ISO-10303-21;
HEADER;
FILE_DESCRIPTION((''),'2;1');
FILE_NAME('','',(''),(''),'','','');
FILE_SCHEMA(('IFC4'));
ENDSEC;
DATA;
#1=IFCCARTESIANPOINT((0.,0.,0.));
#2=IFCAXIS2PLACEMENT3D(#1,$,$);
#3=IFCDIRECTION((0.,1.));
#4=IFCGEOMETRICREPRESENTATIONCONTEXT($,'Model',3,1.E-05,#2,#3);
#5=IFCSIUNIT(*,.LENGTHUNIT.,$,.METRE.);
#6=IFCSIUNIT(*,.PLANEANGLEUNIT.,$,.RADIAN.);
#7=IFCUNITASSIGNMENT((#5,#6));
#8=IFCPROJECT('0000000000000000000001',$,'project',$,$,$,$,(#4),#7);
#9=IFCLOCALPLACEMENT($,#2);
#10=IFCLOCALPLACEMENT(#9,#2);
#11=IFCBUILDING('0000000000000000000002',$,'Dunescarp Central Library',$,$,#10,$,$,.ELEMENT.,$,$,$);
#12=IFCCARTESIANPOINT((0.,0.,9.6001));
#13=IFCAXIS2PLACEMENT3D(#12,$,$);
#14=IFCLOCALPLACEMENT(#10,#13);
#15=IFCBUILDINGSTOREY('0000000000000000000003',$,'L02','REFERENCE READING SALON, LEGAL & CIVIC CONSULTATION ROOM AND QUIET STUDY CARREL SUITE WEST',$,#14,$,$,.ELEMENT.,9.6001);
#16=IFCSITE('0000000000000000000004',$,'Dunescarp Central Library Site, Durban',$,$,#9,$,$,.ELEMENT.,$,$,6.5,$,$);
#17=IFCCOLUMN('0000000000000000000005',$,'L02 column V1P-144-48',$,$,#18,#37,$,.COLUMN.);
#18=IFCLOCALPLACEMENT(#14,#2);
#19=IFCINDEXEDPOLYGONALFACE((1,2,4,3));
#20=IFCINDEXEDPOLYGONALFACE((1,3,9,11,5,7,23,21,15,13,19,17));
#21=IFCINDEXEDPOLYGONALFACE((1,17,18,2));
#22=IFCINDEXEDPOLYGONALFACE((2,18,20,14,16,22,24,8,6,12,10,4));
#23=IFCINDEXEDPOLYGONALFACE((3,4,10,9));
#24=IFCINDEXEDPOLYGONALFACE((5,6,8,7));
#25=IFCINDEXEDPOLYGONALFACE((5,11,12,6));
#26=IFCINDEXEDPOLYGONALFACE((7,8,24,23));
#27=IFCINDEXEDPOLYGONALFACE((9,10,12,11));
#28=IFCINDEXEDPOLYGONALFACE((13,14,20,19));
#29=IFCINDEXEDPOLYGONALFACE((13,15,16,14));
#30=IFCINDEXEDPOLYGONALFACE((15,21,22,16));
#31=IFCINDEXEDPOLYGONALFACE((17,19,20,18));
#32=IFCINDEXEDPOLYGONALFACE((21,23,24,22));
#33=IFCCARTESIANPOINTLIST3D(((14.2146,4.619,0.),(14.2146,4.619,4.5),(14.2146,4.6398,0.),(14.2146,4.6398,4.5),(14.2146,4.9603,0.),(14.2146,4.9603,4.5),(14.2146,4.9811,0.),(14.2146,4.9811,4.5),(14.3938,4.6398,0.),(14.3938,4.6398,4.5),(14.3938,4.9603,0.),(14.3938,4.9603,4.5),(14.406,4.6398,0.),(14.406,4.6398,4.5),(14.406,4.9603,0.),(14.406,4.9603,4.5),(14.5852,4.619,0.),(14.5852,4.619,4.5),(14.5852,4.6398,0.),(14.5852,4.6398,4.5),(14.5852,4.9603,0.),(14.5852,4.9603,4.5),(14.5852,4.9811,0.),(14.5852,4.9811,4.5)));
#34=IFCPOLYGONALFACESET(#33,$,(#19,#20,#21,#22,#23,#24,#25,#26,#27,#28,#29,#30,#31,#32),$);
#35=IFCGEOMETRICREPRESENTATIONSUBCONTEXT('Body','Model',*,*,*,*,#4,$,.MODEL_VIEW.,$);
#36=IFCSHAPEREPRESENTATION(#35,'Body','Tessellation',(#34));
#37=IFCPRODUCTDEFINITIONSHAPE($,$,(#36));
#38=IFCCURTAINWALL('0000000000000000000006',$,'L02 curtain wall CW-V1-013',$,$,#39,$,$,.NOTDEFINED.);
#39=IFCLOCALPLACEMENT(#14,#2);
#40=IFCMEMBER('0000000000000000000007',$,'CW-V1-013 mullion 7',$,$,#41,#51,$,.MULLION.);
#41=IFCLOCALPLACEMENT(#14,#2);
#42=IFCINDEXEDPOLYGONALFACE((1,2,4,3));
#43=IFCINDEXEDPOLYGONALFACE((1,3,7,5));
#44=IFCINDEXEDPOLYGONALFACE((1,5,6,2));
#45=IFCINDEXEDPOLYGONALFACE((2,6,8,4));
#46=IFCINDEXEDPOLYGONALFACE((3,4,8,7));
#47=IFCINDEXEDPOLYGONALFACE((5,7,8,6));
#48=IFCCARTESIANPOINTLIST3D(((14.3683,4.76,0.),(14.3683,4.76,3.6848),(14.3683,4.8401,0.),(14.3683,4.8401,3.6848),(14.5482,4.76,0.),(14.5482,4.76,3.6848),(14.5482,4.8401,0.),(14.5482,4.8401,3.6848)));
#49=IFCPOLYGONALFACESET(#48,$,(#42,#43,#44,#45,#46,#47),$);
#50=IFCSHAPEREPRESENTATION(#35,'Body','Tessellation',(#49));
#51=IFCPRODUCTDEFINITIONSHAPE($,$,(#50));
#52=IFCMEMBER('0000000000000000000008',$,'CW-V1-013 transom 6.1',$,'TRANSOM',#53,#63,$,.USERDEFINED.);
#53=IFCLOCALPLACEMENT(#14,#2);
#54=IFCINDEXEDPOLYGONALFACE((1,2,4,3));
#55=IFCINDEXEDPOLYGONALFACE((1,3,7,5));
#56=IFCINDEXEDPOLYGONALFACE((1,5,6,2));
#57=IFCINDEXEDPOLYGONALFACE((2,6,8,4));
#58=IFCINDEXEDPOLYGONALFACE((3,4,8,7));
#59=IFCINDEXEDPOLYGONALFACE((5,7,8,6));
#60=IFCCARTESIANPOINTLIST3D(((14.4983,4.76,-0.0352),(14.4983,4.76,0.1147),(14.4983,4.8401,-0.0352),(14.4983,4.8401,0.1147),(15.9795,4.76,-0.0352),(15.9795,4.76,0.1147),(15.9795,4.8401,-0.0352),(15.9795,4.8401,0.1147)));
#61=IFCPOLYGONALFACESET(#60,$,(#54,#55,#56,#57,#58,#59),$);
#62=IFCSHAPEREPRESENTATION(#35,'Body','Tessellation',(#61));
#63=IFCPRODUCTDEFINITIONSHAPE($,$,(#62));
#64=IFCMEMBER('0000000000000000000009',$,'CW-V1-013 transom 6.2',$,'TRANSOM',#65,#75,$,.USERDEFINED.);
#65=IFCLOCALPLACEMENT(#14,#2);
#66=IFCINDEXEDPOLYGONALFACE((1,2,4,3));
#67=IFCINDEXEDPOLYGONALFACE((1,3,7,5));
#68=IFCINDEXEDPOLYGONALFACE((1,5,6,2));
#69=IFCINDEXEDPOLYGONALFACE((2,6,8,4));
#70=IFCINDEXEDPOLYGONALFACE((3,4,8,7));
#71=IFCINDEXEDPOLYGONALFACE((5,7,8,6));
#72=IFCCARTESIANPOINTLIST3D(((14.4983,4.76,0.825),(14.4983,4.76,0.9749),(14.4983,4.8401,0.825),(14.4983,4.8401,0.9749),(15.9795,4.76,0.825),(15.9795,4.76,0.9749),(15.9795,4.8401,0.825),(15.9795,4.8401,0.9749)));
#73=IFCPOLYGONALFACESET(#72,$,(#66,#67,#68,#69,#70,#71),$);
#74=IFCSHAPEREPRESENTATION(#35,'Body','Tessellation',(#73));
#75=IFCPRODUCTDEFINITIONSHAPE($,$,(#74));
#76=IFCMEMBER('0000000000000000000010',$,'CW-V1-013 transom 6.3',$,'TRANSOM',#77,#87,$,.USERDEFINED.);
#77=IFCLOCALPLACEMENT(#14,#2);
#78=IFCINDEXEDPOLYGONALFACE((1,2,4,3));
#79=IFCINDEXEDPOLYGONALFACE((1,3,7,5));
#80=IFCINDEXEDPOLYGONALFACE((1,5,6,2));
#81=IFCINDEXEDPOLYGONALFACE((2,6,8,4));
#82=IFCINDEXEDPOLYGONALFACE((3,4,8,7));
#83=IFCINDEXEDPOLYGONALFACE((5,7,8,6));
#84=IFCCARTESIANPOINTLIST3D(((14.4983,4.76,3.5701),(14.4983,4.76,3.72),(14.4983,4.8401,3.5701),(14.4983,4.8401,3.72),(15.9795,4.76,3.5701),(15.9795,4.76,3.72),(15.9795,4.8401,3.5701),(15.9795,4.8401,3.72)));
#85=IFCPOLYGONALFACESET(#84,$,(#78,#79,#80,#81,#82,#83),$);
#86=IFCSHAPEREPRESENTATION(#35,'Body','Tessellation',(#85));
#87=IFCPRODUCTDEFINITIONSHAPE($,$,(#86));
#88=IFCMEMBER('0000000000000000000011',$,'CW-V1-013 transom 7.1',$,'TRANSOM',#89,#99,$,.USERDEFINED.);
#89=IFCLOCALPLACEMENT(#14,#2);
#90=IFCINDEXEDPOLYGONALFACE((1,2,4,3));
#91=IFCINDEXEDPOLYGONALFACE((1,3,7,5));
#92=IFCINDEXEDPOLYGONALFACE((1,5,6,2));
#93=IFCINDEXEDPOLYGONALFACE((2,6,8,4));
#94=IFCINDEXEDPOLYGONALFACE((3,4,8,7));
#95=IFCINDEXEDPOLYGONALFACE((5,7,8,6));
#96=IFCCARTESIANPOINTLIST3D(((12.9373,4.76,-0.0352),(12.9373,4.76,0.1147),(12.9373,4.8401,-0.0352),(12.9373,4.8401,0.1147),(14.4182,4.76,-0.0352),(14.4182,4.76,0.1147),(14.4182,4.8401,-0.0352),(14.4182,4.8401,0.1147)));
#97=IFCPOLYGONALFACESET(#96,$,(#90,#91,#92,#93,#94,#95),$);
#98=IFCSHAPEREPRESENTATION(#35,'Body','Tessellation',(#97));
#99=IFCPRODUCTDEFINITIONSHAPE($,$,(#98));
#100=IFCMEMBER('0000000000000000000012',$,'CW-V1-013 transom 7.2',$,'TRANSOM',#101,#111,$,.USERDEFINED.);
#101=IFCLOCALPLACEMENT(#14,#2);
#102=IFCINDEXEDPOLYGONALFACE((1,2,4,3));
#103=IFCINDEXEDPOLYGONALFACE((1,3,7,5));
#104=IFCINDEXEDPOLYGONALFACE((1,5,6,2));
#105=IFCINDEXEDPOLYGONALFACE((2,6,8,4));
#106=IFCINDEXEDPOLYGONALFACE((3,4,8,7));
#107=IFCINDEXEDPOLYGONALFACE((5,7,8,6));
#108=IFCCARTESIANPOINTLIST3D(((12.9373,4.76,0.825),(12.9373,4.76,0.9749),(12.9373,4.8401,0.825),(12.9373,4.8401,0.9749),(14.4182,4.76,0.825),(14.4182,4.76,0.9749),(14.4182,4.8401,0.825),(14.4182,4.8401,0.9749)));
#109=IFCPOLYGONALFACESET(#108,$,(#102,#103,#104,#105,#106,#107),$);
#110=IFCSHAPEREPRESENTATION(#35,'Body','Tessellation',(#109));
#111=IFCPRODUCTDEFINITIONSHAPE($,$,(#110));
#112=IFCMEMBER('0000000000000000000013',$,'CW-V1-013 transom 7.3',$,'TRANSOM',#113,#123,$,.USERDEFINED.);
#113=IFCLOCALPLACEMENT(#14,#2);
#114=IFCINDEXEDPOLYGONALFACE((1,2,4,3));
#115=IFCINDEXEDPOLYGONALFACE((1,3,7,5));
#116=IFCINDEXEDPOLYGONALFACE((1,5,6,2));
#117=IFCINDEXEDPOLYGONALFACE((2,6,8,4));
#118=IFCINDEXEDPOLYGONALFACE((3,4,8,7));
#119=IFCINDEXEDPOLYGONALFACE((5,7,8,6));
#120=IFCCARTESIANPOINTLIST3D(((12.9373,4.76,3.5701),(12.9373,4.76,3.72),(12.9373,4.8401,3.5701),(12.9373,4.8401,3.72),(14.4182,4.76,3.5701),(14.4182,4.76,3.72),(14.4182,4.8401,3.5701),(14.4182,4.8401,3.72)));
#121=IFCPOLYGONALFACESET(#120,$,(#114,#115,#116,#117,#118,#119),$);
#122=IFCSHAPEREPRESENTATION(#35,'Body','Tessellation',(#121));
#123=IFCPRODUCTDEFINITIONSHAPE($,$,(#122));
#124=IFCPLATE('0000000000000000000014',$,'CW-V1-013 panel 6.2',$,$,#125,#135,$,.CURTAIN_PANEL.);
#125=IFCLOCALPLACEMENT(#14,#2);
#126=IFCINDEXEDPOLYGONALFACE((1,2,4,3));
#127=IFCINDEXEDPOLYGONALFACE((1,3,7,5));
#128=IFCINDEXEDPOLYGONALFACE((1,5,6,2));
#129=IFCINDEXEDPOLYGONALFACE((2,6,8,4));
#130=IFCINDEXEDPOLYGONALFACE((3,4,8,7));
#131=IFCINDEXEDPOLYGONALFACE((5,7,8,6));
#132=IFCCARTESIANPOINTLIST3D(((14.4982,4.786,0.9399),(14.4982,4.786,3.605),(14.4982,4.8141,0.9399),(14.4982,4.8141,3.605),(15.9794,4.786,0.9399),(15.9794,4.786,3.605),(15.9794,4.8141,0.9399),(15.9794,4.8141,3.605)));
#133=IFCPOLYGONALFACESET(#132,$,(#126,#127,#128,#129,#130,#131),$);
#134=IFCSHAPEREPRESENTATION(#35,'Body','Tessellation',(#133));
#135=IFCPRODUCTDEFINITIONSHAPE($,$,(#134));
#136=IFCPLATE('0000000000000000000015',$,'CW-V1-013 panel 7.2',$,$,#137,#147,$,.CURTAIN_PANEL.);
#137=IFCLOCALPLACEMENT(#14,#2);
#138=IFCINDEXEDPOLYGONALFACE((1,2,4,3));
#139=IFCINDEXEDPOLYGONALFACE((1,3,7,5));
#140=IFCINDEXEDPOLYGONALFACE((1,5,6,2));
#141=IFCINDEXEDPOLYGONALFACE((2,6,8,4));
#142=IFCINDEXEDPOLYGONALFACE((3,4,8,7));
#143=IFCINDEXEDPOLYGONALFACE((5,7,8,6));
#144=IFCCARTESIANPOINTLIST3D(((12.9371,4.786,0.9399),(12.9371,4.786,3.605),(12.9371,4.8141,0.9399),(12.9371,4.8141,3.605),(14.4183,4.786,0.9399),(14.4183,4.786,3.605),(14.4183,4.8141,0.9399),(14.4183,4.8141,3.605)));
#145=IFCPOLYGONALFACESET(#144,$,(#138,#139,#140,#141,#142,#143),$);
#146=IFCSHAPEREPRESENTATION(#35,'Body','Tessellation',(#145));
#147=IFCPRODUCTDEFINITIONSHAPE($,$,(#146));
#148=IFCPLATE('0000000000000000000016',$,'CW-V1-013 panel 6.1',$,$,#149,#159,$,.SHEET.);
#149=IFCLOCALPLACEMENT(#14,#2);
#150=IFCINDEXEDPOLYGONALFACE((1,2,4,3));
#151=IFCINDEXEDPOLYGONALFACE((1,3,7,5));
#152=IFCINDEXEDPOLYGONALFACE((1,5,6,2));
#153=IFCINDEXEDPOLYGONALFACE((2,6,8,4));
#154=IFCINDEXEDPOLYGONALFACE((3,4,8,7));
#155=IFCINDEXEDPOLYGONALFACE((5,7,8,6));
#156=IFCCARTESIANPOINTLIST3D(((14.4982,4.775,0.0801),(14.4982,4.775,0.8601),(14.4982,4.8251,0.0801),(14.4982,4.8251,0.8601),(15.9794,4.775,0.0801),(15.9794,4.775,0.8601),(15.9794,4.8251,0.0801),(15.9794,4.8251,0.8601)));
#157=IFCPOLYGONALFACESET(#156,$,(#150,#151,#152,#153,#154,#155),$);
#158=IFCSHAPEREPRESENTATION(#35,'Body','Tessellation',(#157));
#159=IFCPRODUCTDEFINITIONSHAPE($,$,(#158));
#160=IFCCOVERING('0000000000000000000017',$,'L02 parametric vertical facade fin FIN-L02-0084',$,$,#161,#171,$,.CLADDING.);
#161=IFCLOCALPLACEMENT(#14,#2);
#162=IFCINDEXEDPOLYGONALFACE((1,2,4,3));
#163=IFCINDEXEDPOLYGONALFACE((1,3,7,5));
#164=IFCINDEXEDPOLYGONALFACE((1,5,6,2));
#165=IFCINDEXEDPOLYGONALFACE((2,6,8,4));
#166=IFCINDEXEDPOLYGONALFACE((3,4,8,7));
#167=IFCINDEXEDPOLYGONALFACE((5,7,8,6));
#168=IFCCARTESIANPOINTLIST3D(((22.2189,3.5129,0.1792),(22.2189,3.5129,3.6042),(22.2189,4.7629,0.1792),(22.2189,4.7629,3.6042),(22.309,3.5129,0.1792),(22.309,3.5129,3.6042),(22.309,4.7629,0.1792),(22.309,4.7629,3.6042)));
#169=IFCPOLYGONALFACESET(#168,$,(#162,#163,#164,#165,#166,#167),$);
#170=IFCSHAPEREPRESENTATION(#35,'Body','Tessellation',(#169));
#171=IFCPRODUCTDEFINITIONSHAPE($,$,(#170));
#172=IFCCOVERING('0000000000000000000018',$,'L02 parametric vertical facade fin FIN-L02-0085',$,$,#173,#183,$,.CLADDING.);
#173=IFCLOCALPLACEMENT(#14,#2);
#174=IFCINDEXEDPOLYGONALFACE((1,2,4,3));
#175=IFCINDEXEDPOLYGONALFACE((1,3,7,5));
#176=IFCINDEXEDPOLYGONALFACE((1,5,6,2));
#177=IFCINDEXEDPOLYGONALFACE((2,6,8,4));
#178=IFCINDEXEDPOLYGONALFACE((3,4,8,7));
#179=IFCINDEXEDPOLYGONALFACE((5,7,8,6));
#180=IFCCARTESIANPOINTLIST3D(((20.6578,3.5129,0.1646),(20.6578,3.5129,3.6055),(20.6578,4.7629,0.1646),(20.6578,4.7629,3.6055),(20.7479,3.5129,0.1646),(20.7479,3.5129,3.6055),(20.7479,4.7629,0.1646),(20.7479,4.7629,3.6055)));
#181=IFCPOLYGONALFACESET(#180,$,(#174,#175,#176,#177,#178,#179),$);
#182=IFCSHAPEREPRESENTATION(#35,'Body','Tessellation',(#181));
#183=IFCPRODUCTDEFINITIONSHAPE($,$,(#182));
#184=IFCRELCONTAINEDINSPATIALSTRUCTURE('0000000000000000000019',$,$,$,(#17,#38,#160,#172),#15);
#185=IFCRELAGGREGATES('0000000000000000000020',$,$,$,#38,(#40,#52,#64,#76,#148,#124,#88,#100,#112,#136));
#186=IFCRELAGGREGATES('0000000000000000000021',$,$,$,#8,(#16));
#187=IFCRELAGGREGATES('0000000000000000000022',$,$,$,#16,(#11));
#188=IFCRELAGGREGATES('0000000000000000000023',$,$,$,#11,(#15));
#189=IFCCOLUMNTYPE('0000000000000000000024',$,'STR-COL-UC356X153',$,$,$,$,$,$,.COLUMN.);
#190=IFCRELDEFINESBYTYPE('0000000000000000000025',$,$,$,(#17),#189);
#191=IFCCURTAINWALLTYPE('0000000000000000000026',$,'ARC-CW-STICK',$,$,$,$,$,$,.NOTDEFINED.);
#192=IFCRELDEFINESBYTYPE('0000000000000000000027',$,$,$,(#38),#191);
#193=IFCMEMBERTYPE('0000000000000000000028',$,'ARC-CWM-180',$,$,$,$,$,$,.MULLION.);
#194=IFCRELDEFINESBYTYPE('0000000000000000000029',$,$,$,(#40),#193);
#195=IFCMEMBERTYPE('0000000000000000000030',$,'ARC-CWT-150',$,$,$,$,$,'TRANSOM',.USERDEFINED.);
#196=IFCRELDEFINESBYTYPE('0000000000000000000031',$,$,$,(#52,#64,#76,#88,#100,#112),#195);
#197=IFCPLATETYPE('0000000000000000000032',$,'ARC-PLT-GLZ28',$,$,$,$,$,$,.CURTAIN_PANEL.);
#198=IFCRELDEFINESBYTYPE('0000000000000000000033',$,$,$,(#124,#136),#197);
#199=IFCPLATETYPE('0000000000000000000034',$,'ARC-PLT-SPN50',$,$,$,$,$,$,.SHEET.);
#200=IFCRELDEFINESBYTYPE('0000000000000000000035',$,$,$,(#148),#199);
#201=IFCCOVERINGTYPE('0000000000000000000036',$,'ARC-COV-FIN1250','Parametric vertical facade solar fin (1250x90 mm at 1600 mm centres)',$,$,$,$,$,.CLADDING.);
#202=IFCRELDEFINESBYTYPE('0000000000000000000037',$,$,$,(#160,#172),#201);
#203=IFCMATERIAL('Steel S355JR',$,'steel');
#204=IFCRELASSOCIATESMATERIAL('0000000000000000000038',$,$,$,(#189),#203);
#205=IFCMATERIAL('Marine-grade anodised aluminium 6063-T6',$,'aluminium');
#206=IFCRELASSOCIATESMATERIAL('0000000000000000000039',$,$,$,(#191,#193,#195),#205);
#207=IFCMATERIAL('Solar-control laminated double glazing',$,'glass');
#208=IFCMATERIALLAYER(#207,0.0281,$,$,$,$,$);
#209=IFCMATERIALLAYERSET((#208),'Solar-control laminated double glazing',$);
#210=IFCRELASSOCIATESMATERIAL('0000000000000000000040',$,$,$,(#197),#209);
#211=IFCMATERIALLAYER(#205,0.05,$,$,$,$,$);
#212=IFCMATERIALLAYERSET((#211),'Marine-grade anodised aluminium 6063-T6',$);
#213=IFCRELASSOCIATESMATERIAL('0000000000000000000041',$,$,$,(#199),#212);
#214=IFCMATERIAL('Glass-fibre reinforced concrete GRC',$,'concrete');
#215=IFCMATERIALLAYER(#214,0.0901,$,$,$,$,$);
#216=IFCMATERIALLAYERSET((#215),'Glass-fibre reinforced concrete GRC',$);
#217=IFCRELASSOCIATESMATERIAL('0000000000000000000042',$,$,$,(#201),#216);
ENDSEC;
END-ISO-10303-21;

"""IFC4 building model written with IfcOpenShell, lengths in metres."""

from ifc_helpers import new_model, si_unit, direction, frame, origin, origin_2d, place, context, subcontext, project, spatial, rectangle, i_section, extrude, material, layer, layer_set, material_profile, profile_set, type_object, element, aggregate, save


model = new_model("IFC4")

# Units and contexts
model_context = context("Model", 3, precision=1e-05, world=origin(), true_north=direction((0.0, 1.0)))
body_context = subcontext(model_context, "Body", "Model", "MODEL_VIEW")
ifc_project = project(units=[si_unit("LENGTHUNIT", "METRE"), si_unit("PLANEANGLEUNIT", "RADIAN")], contexts=[model_context])

# Site, building, storey
site_placement = place(None, origin())
site = spatial("IfcSite", under=ifc_project, at=site_placement, Name="Dunescarp Central Library Site, Durban", CompositionType="ELEMENT", RefElevation=6.5)
building_placement = place(site_placement, origin())
building = spatial("IfcBuilding", under=site, at=building_placement, Name="Dunescarp Central Library", CompositionType="ELEMENT")
storey_placement = place(building_placement, frame((0.0, 0.0, 9.6001)))
storey = spatial("IfcBuildingStorey", under=building, at=storey_placement, Name="L02", Description="REFERENCE READING SALON, LEGAL & CIVIC CONSULTATION ROOM AND QUIET STUDY CARREL SUITE WEST", CompositionType="ELEMENT", Elevation=9.6001)

# Column
ifc_material_1 = material(Name="Steel S355JR", Category="steel")
ifc_material_profile_1 = material_profile(ifc_material_1, i_section(OverallWidth=0.3706, OverallDepth=0.3621, WebThickness=0.0122, FlangeThickness=0.0208, at=origin_2d()), Name="UC 356x368x153")
ifc_profile_set_1 = profile_set([ifc_material_profile_1], Name="Steel S355JR")
column_type = type_object("IfcColumnType", Name="STR-COL-UC356X153", PredefinedType="COLUMN", material=ifc_profile_set_1)
column_placement = place(storey_placement, frame((14.3999, 4.8, 0.0), z_axis=(0.0, 0.0, 1.0), x_axis=(1.0, 0.0, 0.0)))
element("IfcColumn", 1, at=column_placement, inside=storey, type_object=column_type, Name="L02 column V1P-144-48", PredefinedType="COLUMN", context=body_context, shape_type="SweptSolid", body=[
    extrude(i_section(OverallWidth=0.3706, OverallDepth=0.3621, WebThickness=0.0122, FlangeThickness=0.0208, at=origin_2d()), origin(), (0.0, 0.0, 1.0), 4.5),
])

# Curtain wall, members, plates
ifc_material_2 = material(Name="Marine-grade anodised aluminium 6063-T6", Category="aluminium")
curtain_wall_type = type_object("IfcCurtainWallType", Name="ARC-CW-STICK", PredefinedType="NOTDEFINED", material=ifc_material_2)
curtain_wall_placement = place(storey_placement, origin())
curtain_wall = element("IfcCurtainWall", 2, at=curtain_wall_placement, inside=storey, type_object=curtain_wall_type, Name="L02 curtain wall CW-V1-013", PredefinedType="NOTDEFINED")
ifc_material_profile_2 = material_profile(ifc_material_2, rectangle(XDim=0.0801, YDim=0.1799, at=origin_2d()), Name="AL 80x180")
ifc_profile_set_2 = profile_set([ifc_material_profile_2], Name="Marine-grade anodised aluminium 6063-T6")
member_type_1 = type_object("IfcMemberType", Name="ARC-CWM-180", PredefinedType="MULLION", material=ifc_profile_set_2)
member_1_placement = place(storey_placement, frame((14.4583, 4.8, 0.0), z_axis=(0.0, 0.0, 1.0), x_axis=(0.0, -1.0, 0.0)))
member_1 = element("IfcMember", 3, at=member_1_placement, type_object=member_type_1, Name="CW-V1-013 mullion 7", PredefinedType="MULLION", context=body_context, shape_type="SweptSolid", body=[
    extrude(rectangle(XDim=0.0801, YDim=0.1799, at=origin_2d()), origin(), (0.0, 0.0, 1.0), 3.6848),
])
ifc_material_profile_3 = material_profile(ifc_material_2, rectangle(XDim=0.0801, YDim=0.1499, at=origin_2d()), Name="AL 80x150")
ifc_profile_set_3 = profile_set([ifc_material_profile_3], Name="Marine-grade anodised aluminium 6063-T6")
member_type_2 = type_object("IfcMemberType", Name="ARC-CWT-150", ElementType="TRANSOM", PredefinedType="USERDEFINED", material=ifc_profile_set_3)
member_2_placement = place(storey_placement, frame((15.9795, 4.8, 0.0398), z_axis=(-1.0, 0.0, 0.0), x_axis=(0.0, -1.0, 0.0)))
member_2 = element("IfcMember", 4, at=member_2_placement, type_object=member_type_2, Name="CW-V1-013 transom 6.1", ObjectType="TRANSOM", PredefinedType="USERDEFINED", context=body_context, shape_type="SweptSolid", body=[
    extrude(rectangle(XDim=0.0801, YDim=0.1499, at=origin_2d()), origin(), (0.0, 0.0, 1.0), 1.4812),
])
member_3_placement = place(storey_placement, frame((15.9795, 4.8, 0.8999), z_axis=(-1.0, 0.0, 0.0), x_axis=(0.0, -1.0, 0.0)))
member_3 = element("IfcMember", 5, at=member_3_placement, type_object=member_type_2, Name="CW-V1-013 transom 6.2", ObjectType="TRANSOM", PredefinedType="USERDEFINED", context=body_context, shape_type="SweptSolid", body=[
    extrude(rectangle(XDim=0.0801, YDim=0.1499, at=origin_2d()), origin(), (0.0, 0.0, 1.0), 1.4812),
])
member_4_placement = place(storey_placement, frame((15.9795, 4.8, 3.645), z_axis=(-1.0, 0.0, 0.0), x_axis=(0.0, -1.0, 0.0)))
member_4 = element("IfcMember", 6, at=member_4_placement, type_object=member_type_2, Name="CW-V1-013 transom 6.3", ObjectType="TRANSOM", PredefinedType="USERDEFINED", context=body_context, shape_type="SweptSolid", body=[
    extrude(rectangle(XDim=0.0801, YDim=0.1499, at=origin_2d()), origin(), (0.0, 0.0, 1.0), 1.4812),
])
member_5_placement = place(storey_placement, frame((14.4182, 4.8, 0.0398), z_axis=(-1.0, 0.0, 0.0), x_axis=(0.0, -1.0, 0.0)))
member_5 = element("IfcMember", 7, at=member_5_placement, type_object=member_type_2, Name="CW-V1-013 transom 7.1", ObjectType="TRANSOM", PredefinedType="USERDEFINED", context=body_context, shape_type="SweptSolid", body=[
    extrude(rectangle(XDim=0.0801, YDim=0.1499, at=origin_2d()), origin(), (0.0, 0.0, 1.0), 1.481),
])
member_6_placement = place(storey_placement, frame((14.4182, 4.8, 0.8999), z_axis=(-1.0, 0.0, 0.0), x_axis=(0.0, -1.0, 0.0)))
member_6 = element("IfcMember", 8, at=member_6_placement, type_object=member_type_2, Name="CW-V1-013 transom 7.2", ObjectType="TRANSOM", PredefinedType="USERDEFINED", context=body_context, shape_type="SweptSolid", body=[
    extrude(rectangle(XDim=0.0801, YDim=0.1499, at=origin_2d()), origin(), (0.0, 0.0, 1.0), 1.481),
])
member_7_placement = place(storey_placement, frame((14.4182, 4.8, 3.645), z_axis=(-1.0, 0.0, 0.0), x_axis=(0.0, -1.0, 0.0)))
member_7 = element("IfcMember", 9, at=member_7_placement, type_object=member_type_2, Name="CW-V1-013 transom 7.3", ObjectType="TRANSOM", PredefinedType="USERDEFINED", context=body_context, shape_type="SweptSolid", body=[
    extrude(rectangle(XDim=0.0801, YDim=0.1499, at=origin_2d()), origin(), (0.0, 0.0, 1.0), 1.481),
])
ifc_material_3 = material(Name="Solar-control laminated double glazing", Category="glass")
ifc_layer_1 = layer(ifc_material_3, 0.0281)
ifc_layer_set_1 = layer_set([ifc_layer_1], Name="Solar-control laminated double glazing")
plate_type_1 = type_object("IfcPlateType", Name="ARC-PLT-GLZ28", PredefinedType="CURTAIN_PANEL", material=ifc_layer_set_1)
plate_1_placement = place(storey_placement, frame((15.2388, 4.8, 0.9399), z_axis=(0.0, 0.0, 1.0), x_axis=(-1.0, 0.0, 0.0)))
plate_1 = element("IfcPlate", 10, at=plate_1_placement, type_object=plate_type_1, Name="CW-V1-013 panel 6.2", PredefinedType="CURTAIN_PANEL", context=body_context, shape_type="SweptSolid", body=[
    extrude(rectangle(XDim=1.4812, YDim=0.0281, at=origin_2d()), origin(), (0.0, 0.0, 1.0), 2.665),
])
plate_2_placement = place(storey_placement, frame((13.6777, 4.8, 0.9399), z_axis=(0.0, 0.0, 1.0), x_axis=(-1.0, 0.0, 0.0)))
plate_2 = element("IfcPlate", 11, at=plate_2_placement, type_object=plate_type_1, Name="CW-V1-013 panel 7.2", PredefinedType="CURTAIN_PANEL", context=body_context, shape_type="SweptSolid", body=[
    extrude(rectangle(XDim=1.4812, YDim=0.0281, at=origin_2d()), origin(), (0.0, 0.0, 1.0), 2.665),
])
ifc_layer_2 = layer(ifc_material_2, 0.05)
ifc_layer_set_2 = layer_set([ifc_layer_2], Name="Marine-grade anodised aluminium 6063-T6")
plate_type_2 = type_object("IfcPlateType", Name="ARC-PLT-SPN50", PredefinedType="SHEET", material=ifc_layer_set_2)
plate_3_placement = place(storey_placement, frame((15.2388, 4.8, 0.0801), z_axis=(0.0, 0.0, 1.0), x_axis=(-1.0, 0.0, 0.0)))
plate_3 = element("IfcPlate", 12, at=plate_3_placement, type_object=plate_type_2, Name="CW-V1-013 panel 6.1", PredefinedType="SHEET", context=body_context, shape_type="SweptSolid", body=[
    extrude(rectangle(XDim=1.4812, YDim=0.05, at=origin_2d()), origin(), (0.0, 0.0, 1.0), 0.78),
])
aggregate(curtain_wall, [member_1, member_2, member_3, member_4, plate_3, plate_1, member_5, member_6, member_7, plate_2])

# Coverings
ifc_material_4 = material(Name="Glass-fibre reinforced concrete GRC", Category="concrete")
ifc_layer_3 = layer(ifc_material_4, 0.0901)
ifc_layer_set_3 = layer_set([ifc_layer_3], Name="Glass-fibre reinforced concrete GRC")
covering_type = type_object("IfcCoveringType", Name="ARC-COV-FIN1250", Description="Parametric vertical facade solar fin (1250x90 mm at 1600 mm centres)", PredefinedType="CLADDING", material=ifc_layer_set_3)
covering_1_placement = place(storey_placement, frame((22.2639, 4.1379, 0.1792), z_axis=(0.0, 0.0, 1.0), x_axis=(0.0, -1.0, 0.0)))
element("IfcCovering", 13, at=covering_1_placement, inside=storey, type_object=covering_type, Name="L02 parametric vertical facade fin FIN-L02-0084", PredefinedType="CLADDING", context=body_context, shape_type="SweptSolid", body=[
    extrude(rectangle(XDim=1.25, YDim=0.0901, at=origin_2d()), origin(), (0.0, 0.0, 1.0), 3.425),
])
covering_2_placement = place(storey_placement, frame((20.7029, 4.1379, 0.1646), z_axis=(0.0, 0.0, 1.0), x_axis=(0.0, -1.0, 0.0)))
element("IfcCovering", 14, at=covering_2_placement, inside=storey, type_object=covering_type, Name="L02 parametric vertical facade fin FIN-L02-0085", PredefinedType="CLADDING", context=body_context, shape_type="SweptSolid", body=[
    extrude(rectangle(XDim=1.25, YDim=0.0901, at=origin_2d()), origin(), (0.0, 0.0, 1.0), 3.4409),
])

save(model, "model.ifc")
